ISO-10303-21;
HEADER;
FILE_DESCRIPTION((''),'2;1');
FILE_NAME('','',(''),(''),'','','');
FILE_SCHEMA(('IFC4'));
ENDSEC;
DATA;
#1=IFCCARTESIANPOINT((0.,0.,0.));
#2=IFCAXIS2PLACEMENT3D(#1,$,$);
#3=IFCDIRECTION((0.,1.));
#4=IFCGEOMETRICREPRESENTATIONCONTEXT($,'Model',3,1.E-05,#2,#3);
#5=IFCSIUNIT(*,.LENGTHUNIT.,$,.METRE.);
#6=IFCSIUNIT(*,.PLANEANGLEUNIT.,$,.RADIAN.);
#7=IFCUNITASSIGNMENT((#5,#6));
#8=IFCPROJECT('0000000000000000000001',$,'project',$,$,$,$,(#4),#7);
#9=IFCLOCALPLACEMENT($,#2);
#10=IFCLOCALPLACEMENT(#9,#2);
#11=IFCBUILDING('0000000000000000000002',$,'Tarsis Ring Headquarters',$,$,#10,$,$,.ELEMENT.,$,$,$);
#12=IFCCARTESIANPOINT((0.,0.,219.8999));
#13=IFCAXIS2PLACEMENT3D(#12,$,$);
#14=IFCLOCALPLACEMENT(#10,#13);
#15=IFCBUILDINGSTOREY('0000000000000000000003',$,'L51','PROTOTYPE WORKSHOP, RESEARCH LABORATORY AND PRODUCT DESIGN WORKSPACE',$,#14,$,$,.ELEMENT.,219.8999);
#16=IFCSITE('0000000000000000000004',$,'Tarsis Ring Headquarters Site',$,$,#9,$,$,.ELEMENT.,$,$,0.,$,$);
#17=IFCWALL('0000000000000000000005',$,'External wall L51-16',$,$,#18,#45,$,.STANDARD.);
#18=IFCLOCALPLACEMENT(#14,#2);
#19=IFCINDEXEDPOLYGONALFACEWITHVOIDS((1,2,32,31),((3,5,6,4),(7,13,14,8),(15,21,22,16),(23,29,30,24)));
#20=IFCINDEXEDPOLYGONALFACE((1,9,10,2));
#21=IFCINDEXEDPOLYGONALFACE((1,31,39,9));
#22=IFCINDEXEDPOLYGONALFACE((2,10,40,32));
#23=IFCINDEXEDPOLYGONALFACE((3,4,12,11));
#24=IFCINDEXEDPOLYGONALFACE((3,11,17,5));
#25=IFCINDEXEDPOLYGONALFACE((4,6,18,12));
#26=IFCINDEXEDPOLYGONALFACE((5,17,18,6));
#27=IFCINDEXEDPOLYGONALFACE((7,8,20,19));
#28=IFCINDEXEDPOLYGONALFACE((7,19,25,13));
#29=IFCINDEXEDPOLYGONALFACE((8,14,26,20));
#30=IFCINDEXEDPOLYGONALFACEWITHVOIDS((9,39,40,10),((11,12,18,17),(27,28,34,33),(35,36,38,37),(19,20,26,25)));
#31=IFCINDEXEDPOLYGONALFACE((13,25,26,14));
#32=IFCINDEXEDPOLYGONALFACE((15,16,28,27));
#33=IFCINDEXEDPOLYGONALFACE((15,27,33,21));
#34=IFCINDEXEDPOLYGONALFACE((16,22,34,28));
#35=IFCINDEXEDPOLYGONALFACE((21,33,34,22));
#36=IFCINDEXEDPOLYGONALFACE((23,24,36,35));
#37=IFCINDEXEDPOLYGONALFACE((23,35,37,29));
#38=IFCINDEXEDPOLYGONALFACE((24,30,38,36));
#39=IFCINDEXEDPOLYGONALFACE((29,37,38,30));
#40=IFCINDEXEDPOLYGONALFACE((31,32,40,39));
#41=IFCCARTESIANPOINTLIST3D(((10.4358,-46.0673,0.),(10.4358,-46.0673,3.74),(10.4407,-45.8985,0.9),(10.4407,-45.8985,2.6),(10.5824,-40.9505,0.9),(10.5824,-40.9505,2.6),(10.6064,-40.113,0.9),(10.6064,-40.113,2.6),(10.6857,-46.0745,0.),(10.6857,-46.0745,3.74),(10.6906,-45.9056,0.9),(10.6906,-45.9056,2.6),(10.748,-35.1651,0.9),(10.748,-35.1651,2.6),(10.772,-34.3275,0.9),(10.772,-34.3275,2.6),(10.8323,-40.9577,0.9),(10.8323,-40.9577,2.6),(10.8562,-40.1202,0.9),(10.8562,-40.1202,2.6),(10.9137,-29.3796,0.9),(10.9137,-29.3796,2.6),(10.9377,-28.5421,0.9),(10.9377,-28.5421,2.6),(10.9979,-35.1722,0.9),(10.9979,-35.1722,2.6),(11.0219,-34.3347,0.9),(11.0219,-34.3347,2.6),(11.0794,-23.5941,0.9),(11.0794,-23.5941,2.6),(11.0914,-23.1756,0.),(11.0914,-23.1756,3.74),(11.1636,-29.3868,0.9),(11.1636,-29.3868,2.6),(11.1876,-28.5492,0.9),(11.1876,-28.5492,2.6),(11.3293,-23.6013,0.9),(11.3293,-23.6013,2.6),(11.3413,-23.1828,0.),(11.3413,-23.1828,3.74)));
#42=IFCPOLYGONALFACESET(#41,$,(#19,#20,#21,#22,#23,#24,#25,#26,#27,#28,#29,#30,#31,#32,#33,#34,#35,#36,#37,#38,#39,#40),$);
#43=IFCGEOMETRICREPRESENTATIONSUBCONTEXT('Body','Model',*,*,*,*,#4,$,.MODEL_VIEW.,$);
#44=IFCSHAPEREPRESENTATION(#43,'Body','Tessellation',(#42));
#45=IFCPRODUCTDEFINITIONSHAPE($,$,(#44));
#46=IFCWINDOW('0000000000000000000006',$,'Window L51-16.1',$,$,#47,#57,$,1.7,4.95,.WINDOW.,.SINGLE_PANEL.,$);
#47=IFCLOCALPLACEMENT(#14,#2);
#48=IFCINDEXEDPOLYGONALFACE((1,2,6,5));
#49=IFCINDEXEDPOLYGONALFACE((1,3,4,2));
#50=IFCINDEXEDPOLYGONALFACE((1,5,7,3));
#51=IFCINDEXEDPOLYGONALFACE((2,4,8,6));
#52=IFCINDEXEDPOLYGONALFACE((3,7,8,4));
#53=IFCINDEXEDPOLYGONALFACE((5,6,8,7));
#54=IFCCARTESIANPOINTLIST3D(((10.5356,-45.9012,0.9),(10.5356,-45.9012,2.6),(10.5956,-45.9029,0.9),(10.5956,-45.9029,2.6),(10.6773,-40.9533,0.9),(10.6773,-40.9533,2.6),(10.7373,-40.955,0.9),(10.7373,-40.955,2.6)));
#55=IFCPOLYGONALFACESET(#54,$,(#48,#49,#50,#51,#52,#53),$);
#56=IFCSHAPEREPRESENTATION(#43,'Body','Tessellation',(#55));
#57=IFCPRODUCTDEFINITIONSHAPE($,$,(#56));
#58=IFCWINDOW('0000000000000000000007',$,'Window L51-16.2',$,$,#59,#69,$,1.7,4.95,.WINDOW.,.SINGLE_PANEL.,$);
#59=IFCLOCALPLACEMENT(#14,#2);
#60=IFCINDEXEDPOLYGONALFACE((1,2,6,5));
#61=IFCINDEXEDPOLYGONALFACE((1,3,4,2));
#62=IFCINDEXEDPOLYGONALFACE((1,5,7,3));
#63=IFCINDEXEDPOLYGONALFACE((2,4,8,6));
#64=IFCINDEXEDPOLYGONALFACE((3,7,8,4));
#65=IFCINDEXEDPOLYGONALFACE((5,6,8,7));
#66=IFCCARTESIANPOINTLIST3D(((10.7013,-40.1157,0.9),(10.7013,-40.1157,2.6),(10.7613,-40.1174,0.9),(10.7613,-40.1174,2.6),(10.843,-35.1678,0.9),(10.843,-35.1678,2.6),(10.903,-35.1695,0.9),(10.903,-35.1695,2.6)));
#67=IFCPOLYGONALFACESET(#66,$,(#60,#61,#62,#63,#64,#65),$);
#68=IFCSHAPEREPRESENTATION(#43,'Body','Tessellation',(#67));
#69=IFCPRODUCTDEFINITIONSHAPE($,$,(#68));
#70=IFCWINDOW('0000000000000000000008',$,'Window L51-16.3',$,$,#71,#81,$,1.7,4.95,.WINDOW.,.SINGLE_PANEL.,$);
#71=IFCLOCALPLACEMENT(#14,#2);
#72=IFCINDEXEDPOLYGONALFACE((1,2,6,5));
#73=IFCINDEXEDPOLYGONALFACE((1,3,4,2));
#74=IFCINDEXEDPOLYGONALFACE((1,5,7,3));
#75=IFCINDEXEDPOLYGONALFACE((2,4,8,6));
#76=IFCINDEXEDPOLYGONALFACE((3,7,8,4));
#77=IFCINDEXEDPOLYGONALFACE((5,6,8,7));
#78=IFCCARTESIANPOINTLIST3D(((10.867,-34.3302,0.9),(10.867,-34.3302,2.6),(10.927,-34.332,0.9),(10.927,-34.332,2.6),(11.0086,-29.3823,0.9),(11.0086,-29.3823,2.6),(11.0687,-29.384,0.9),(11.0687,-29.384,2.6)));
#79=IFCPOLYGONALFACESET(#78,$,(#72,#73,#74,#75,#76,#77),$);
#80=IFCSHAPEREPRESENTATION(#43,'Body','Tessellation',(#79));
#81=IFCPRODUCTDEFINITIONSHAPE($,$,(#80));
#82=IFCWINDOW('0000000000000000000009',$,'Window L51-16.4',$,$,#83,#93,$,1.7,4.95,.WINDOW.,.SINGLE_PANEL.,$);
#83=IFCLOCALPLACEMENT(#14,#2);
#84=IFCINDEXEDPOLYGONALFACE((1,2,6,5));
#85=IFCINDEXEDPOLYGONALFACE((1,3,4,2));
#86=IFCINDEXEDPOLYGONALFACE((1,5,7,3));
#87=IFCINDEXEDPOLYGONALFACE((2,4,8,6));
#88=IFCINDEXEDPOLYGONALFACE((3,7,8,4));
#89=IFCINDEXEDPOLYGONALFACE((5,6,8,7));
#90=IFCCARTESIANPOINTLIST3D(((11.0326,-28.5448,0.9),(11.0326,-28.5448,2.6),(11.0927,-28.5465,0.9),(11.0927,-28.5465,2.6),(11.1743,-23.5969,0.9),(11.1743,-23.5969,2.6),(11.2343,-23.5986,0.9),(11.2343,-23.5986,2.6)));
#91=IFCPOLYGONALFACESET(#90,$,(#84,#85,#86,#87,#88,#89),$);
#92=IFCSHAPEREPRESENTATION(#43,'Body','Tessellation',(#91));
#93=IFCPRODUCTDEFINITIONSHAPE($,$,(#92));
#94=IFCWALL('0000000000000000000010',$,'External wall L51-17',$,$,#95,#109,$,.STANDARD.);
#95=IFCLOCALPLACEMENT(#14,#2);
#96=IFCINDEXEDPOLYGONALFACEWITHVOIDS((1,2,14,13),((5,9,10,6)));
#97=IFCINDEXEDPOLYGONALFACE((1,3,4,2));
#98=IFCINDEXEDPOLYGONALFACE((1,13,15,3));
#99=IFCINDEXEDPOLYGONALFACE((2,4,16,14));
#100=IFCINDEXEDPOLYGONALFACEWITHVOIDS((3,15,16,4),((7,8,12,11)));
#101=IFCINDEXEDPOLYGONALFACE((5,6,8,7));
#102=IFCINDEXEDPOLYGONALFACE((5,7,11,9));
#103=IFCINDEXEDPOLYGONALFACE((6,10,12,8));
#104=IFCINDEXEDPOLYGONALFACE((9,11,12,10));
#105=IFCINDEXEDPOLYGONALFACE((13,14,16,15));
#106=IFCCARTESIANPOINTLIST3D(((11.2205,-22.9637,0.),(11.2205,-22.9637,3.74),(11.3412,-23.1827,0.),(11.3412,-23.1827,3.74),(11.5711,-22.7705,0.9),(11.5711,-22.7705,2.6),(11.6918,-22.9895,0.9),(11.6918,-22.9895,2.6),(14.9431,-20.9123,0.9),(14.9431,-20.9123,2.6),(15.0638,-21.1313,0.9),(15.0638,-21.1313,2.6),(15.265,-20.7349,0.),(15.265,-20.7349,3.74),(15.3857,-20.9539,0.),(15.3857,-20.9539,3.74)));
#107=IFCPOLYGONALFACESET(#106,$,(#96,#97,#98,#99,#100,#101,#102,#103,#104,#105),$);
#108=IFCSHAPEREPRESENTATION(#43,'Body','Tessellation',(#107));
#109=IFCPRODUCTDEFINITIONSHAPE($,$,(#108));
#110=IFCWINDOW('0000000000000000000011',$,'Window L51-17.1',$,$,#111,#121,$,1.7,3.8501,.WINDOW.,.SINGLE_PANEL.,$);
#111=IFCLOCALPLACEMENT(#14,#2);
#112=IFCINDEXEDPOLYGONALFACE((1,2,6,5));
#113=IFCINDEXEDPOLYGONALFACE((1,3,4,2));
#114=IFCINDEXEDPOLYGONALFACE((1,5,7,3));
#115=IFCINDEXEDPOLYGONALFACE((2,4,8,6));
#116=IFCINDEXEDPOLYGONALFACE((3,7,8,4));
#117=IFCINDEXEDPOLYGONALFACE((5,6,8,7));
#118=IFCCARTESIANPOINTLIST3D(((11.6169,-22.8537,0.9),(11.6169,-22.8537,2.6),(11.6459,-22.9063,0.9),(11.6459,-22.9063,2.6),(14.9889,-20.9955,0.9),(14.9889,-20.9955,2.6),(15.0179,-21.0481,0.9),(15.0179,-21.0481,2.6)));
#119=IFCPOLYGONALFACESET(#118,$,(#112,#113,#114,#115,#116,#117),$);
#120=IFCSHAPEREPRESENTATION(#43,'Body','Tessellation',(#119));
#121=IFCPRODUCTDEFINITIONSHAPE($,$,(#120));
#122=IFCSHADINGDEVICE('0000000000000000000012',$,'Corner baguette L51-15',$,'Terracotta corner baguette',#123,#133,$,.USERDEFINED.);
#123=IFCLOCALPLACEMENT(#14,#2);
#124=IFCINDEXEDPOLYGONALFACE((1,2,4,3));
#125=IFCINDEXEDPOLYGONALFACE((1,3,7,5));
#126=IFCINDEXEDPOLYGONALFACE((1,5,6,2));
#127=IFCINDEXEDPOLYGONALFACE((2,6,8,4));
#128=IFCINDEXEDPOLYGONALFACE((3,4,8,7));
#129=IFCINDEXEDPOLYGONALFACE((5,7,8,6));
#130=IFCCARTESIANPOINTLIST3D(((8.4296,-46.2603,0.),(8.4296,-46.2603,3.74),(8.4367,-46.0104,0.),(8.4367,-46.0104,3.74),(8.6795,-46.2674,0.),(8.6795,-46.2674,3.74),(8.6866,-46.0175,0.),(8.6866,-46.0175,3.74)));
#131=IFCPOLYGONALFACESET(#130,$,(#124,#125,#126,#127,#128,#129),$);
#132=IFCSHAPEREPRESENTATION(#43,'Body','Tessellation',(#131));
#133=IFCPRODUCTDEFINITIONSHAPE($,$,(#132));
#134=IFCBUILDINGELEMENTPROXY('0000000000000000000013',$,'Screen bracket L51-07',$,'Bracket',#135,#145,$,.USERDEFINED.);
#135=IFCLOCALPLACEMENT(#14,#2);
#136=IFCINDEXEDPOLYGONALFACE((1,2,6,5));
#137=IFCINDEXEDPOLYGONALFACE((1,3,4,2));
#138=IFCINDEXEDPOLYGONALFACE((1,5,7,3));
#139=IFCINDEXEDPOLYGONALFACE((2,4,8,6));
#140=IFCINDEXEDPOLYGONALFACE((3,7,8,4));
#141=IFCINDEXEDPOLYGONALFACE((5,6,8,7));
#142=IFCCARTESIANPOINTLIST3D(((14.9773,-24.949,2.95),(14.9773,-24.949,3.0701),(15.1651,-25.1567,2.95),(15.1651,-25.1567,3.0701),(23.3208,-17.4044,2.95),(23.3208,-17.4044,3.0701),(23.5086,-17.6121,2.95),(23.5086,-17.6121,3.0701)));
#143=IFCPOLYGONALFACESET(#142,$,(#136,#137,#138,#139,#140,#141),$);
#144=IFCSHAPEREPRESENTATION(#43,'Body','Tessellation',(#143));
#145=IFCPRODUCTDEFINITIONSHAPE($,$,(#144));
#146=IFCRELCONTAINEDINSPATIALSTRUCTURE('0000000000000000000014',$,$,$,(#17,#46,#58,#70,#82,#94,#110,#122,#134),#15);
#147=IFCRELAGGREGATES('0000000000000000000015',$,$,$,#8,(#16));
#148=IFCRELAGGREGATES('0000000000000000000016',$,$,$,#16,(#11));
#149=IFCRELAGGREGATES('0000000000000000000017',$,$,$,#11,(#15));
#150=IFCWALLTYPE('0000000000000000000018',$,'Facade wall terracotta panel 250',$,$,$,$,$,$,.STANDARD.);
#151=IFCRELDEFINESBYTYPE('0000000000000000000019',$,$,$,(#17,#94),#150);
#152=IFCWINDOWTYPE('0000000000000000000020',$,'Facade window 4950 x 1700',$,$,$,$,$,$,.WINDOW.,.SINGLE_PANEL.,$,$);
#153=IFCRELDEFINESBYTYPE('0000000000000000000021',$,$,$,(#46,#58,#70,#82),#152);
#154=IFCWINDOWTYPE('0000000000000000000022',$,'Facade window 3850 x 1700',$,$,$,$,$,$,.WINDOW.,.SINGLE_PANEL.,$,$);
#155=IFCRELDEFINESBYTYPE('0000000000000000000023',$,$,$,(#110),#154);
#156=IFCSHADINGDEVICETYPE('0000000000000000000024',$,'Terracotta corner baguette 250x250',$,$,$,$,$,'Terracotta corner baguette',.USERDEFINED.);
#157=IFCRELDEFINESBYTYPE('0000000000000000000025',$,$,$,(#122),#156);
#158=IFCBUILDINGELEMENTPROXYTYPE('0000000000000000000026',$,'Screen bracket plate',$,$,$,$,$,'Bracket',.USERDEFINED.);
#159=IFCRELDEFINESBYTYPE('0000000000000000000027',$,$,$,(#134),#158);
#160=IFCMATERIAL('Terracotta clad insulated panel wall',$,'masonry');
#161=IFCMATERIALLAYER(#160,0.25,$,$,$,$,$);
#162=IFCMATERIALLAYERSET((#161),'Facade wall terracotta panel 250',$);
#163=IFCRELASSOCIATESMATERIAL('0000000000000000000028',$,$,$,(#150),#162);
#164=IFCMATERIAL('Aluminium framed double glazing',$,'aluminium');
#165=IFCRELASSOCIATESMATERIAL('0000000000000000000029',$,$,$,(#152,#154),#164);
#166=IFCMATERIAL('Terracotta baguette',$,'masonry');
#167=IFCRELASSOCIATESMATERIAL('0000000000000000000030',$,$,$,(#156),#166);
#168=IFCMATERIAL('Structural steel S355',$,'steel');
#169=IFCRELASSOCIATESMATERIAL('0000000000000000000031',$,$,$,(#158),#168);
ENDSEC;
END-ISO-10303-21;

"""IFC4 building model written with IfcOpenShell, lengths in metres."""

from ifc_helpers import new_model, si_unit, direction, frame, frame_2d, origin, origin_2d, place, context, subcontext, project, spatial, rectangle, extrude, material, layer, layer_set, type_object, element, fill, save


model = new_model("IFC4")

# Units and contexts
model_context = context("Model", 3, precision=1e-05, world=origin(), true_north=direction((0.0, 1.0)))
body_context = subcontext(model_context, "Body", "Model", "MODEL_VIEW")
ifc_project = project(units=[si_unit("LENGTHUNIT", "METRE"), si_unit("PLANEANGLEUNIT", "RADIAN")], contexts=[model_context])

# Site, building, storey
site_placement = place(None, origin())
site = spatial("IfcSite", under=ifc_project, at=site_placement, Name="Tarsis Ring Headquarters Site", CompositionType="ELEMENT", RefElevation=0.0)
building_placement = place(site_placement, origin())
building = spatial("IfcBuilding", under=site, at=building_placement, Name="Tarsis Ring Headquarters", CompositionType="ELEMENT")
storey_placement = place(building_placement, frame((0.0, 0.0, 219.8999)))
storey = spatial("IfcBuildingStorey", under=building, at=storey_placement, Name="L51", Description="PROTOTYPE WORKSHOP, RESEARCH LABORATORY AND PRODUCT DESIGN WORKSPACE", CompositionType="ELEMENT", Elevation=219.8999)

# Shared definitions
ifc_material_1 = material(Name="Structural steel S355", Category="steel")

# Wall, openings, windows
ifc_material_2 = material(Name="Terracotta clad insulated panel wall", Category="masonry")
ifc_layer_1 = layer(ifc_material_2, 0.25)
ifc_layer_set_1 = layer_set([ifc_layer_1], Name="Facade wall terracotta panel 250")
wall_type_1 = type_object("IfcWallType", Name="Facade wall terracotta panel 250", PredefinedType="STANDARD", material=ifc_layer_set_1)
wall_1_placement = place(storey_placement, frame((10.5608, -46.071, 0.0), z_axis=(0.0, 0.0, 1.0), x_axis=(0.028624, 0.99959, 0.0)))
wall_1 = element("IfcWall", 1, at=wall_1_placement, inside=storey, type_object=wall_type_1, Name="External wall L51-16", PredefinedType="STANDARD", context=body_context, shape_type="SweptSolid", body=[
    extrude(rectangle(XDim=22.9011, YDim=0.25, at=frame_2d((11.4507, 0.0))), origin(), (0.0, 0.0, 1.0), 3.74),
])
opening_1_placement = place(wall_1_placement, frame((0.1689, 0.0, 0.8999)))
opening_1 = element("IfcOpeningElement", 2, at=opening_1_placement, cuts=wall_1, PredefinedType="OPENING", context=body_context, shape_type="SweptSolid", body=[
    extrude(rectangle(XDim=4.95, YDim=1.7, at=frame_2d((2.4751, 0.8501))), frame((0.0, 0.135, 0.0), z_axis=(0.0, -1.0, 0.0), x_axis=(1.0, 0.0, 0.0)), (0.0, 0.0, 1.0), 0.27),
])
opening_2_placement = place(wall_1_placement, frame((5.9568, 0.0, 0.8999)))
opening_2 = element("IfcOpeningElement", 3, at=opening_2_placement, cuts=wall_1, PredefinedType="OPENING", context=body_context, shape_type="SweptSolid", body=[
    extrude(rectangle(XDim=4.95, YDim=1.7, at=frame_2d((2.4751, 0.8501))), frame((0.0, 0.135, 0.0), z_axis=(0.0, -1.0, 0.0), x_axis=(1.0, 0.0, 0.0)), (0.0, 0.0, 1.0), 0.27),
])
opening_3_placement = place(wall_1_placement, frame((11.7446, 0.0, 0.8999)))
opening_3 = element("IfcOpeningElement", 4, at=opening_3_placement, cuts=wall_1, PredefinedType="OPENING", context=body_context, shape_type="SweptSolid", body=[
    extrude(rectangle(XDim=4.95, YDim=1.7, at=frame_2d((2.4751, 0.8501))), frame((0.0, 0.135, 0.0), z_axis=(0.0, -1.0, 0.0), x_axis=(1.0, 0.0, 0.0)), (0.0, 0.0, 1.0), 0.27),
])
opening_4_placement = place(wall_1_placement, frame((17.5325, 0.0, 0.8999)))
opening_4 = element("IfcOpeningElement", 5, at=opening_4_placement, cuts=wall_1, PredefinedType="OPENING", context=body_context, shape_type="SweptSolid", body=[
    extrude(rectangle(XDim=4.95, YDim=1.7, at=frame_2d((2.4751, 0.8501))), frame((0.0, 0.135, 0.0), z_axis=(0.0, -1.0, 0.0), x_axis=(1.0, 0.0, 0.0)), (0.0, 0.0, 1.0), 0.27),
])
ifc_material_3 = material(Name="Aluminium framed double glazing", Category="aluminium")
window_type_1 = type_object("IfcWindowType", Name="Facade window 4950 x 1700", PartitioningType="SINGLE_PANEL", PredefinedType="WINDOW", material=ifc_material_3)
window_1_placement = place(opening_1_placement, origin())
window_1 = element("IfcWindow", 6, at=window_1_placement, inside=storey, type_object=window_type_1, Name="Window L51-16.1", OverallHeight=1.7, OverallWidth=4.95, PartitioningType="SINGLE_PANEL", PredefinedType="WINDOW", context=body_context, shape_type="SweptSolid", body=[
    extrude(rectangle(XDim=4.95, YDim=1.7, at=frame_2d((2.4751, 0.8501))), frame((0.0, 0.03, 0.0), z_axis=(0.0, -1.0, 0.0), x_axis=(1.0, 0.0, 0.0)), (0.0, 0.0, 1.0), 0.0601),
])
fill(opening_1, window_1)
window_2_placement = place(opening_2_placement, origin())
window_2 = element("IfcWindow", 7, at=window_2_placement, inside=storey, type_object=window_type_1, Name="Window L51-16.2", OverallHeight=1.7, OverallWidth=4.95, PartitioningType="SINGLE_PANEL", PredefinedType="WINDOW", context=body_context, shape_type="SweptSolid", body=[
    extrude(rectangle(XDim=4.95, YDim=1.7, at=frame_2d((2.4751, 0.8501))), frame((0.0, 0.03, 0.0), z_axis=(0.0, -1.0, 0.0), x_axis=(1.0, 0.0, 0.0)), (0.0, 0.0, 1.0), 0.0601),
])
fill(opening_2, window_2)
window_3_placement = place(opening_3_placement, origin())
window_3 = element("IfcWindow", 8, at=window_3_placement, inside=storey, type_object=window_type_1, Name="Window L51-16.3", OverallHeight=1.7, OverallWidth=4.95, PartitioningType="SINGLE_PANEL", PredefinedType="WINDOW", context=body_context, shape_type="SweptSolid", body=[
    extrude(rectangle(XDim=4.95, YDim=1.7, at=frame_2d((2.4751, 0.8501))), frame((0.0, 0.03, 0.0), z_axis=(0.0, -1.0, 0.0), x_axis=(1.0, 0.0, 0.0)), (0.0, 0.0, 1.0), 0.0601),
])
fill(opening_3, window_3)
window_4_placement = place(opening_4_placement, origin())
window_4 = element("IfcWindow", 9, at=window_4_placement, inside=storey, type_object=window_type_1, Name="Window L51-16.4", OverallHeight=1.7, OverallWidth=4.95, PartitioningType="SINGLE_PANEL", PredefinedType="WINDOW", context=body_context, shape_type="SweptSolid", body=[
    extrude(rectangle(XDim=4.95, YDim=1.7, at=frame_2d((2.4751, 0.8501))), frame((0.0, 0.03, 0.0), z_axis=(0.0, -1.0, 0.0), x_axis=(1.0, 0.0, 0.0)), (0.0, 0.0, 1.0), 0.0601),
])
fill(opening_4, window_4)

# Wall, opening, window
wall_2_placement = place(storey_placement, frame((11.2808, -23.0732, 0.0), z_axis=(0.0, 0.0, 1.0), x_axis=(0.87582, 0.482637, 0.0)))
wall_2 = element("IfcWall", 10, at=wall_2_placement, inside=storey, type_object=wall_type_1, Name="External wall L51-17", PredefinedType="STANDARD", context=body_context, shape_type="SweptSolid", body=[
    extrude(rectangle(XDim=4.6179, YDim=0.25, at=frame_2d((2.3091, 0.0))), origin(), (0.0, 0.0, 1.0), 3.74),
])
opening_5_placement = place(wall_2_placement, frame((0.4004, 0.0, 0.8999)))
opening_5 = element("IfcOpeningElement", 11, at=opening_5_placement, cuts=wall_2, PredefinedType="OPENING", context=body_context, shape_type="SweptSolid", body=[
    extrude(rectangle(XDim=3.8501, YDim=1.7, at=frame_2d((1.925, 0.8501))), frame((0.0, 0.135, 0.0), z_axis=(0.0, -1.0, 0.0), x_axis=(1.0, 0.0, 0.0)), (0.0, 0.0, 1.0), 0.27),
])
window_type_2 = type_object("IfcWindowType", Name="Facade window 3850 x 1700", PartitioningType="SINGLE_PANEL", PredefinedType="WINDOW", material=ifc_material_3)
window_5_placement = place(opening_5_placement, origin())
window_5 = element("IfcWindow", 12, at=window_5_placement, inside=storey, type_object=window_type_2, Name="Window L51-17.1", OverallHeight=1.7, OverallWidth=3.8501, PartitioningType="SINGLE_PANEL", PredefinedType="WINDOW", context=body_context, shape_type="SweptSolid", body=[
    extrude(rectangle(XDim=3.8501, YDim=1.7, at=frame_2d((1.925, 0.8501))), frame((0.0, 0.03, 0.0), z_axis=(0.0, -1.0, 0.0), x_axis=(1.0, 0.0, 0.0)), (0.0, 0.0, 1.0), 0.0601),
])
fill(opening_5, window_5)

# Shading device
ifc_material_4 = material(Name="Terracotta baguette", Category="masonry")
shading_device_type_1 = type_object("IfcShadingDeviceType", Name="Terracotta corner baguette 250x250", ElementType="Terracotta corner baguette", PredefinedType="USERDEFINED", material=ifc_material_4)
shading_device_1_placement = place(storey_placement, frame((8.5581, -46.1389, 0.0), z_axis=(0.0, 0.0, 1.0), x_axis=(0.028619, 0.99959, 0.0)))
element("IfcShadingDevice", 13, at=shading_device_1_placement, inside=storey, type_object=shading_device_type_1, Name="Corner baguette L51-15", ObjectType="Terracotta corner baguette", PredefinedType="USERDEFINED", context=body_context, shape_type="SweptSolid", body=[
    extrude(rectangle(XDim=0.25, YDim=0.25, at=origin_2d()), origin(), (0.0, 0.0, 1.0), 3.74),
])

# Building element proxy
building_element_proxy_type = type_object("IfcBuildingElementProxyType", Name="Screen bracket plate", ElementType="Bracket", PredefinedType="USERDEFINED", material=ifc_material_1)
proxy_placement = place(storey_placement, frame((19.2429, -21.2805, 2.95), z_axis=(0.0, 0.0, 1.0), x_axis=(0.741727, 0.670702, 0.0)))
element("IfcBuildingElementProxy", 14, at=proxy_placement, inside=storey, type_object=building_element_proxy_type, Name="Screen bracket L51-07", ObjectType="Bracket", PredefinedType="USERDEFINED", context=body_context, shape_type="SweptSolid", body=[
    extrude(rectangle(XDim=11.2488, YDim=0.28, at=origin_2d()), origin(), (0.0, 0.0, 1.0), 0.1201),
])

save(model, "model.ifc")
